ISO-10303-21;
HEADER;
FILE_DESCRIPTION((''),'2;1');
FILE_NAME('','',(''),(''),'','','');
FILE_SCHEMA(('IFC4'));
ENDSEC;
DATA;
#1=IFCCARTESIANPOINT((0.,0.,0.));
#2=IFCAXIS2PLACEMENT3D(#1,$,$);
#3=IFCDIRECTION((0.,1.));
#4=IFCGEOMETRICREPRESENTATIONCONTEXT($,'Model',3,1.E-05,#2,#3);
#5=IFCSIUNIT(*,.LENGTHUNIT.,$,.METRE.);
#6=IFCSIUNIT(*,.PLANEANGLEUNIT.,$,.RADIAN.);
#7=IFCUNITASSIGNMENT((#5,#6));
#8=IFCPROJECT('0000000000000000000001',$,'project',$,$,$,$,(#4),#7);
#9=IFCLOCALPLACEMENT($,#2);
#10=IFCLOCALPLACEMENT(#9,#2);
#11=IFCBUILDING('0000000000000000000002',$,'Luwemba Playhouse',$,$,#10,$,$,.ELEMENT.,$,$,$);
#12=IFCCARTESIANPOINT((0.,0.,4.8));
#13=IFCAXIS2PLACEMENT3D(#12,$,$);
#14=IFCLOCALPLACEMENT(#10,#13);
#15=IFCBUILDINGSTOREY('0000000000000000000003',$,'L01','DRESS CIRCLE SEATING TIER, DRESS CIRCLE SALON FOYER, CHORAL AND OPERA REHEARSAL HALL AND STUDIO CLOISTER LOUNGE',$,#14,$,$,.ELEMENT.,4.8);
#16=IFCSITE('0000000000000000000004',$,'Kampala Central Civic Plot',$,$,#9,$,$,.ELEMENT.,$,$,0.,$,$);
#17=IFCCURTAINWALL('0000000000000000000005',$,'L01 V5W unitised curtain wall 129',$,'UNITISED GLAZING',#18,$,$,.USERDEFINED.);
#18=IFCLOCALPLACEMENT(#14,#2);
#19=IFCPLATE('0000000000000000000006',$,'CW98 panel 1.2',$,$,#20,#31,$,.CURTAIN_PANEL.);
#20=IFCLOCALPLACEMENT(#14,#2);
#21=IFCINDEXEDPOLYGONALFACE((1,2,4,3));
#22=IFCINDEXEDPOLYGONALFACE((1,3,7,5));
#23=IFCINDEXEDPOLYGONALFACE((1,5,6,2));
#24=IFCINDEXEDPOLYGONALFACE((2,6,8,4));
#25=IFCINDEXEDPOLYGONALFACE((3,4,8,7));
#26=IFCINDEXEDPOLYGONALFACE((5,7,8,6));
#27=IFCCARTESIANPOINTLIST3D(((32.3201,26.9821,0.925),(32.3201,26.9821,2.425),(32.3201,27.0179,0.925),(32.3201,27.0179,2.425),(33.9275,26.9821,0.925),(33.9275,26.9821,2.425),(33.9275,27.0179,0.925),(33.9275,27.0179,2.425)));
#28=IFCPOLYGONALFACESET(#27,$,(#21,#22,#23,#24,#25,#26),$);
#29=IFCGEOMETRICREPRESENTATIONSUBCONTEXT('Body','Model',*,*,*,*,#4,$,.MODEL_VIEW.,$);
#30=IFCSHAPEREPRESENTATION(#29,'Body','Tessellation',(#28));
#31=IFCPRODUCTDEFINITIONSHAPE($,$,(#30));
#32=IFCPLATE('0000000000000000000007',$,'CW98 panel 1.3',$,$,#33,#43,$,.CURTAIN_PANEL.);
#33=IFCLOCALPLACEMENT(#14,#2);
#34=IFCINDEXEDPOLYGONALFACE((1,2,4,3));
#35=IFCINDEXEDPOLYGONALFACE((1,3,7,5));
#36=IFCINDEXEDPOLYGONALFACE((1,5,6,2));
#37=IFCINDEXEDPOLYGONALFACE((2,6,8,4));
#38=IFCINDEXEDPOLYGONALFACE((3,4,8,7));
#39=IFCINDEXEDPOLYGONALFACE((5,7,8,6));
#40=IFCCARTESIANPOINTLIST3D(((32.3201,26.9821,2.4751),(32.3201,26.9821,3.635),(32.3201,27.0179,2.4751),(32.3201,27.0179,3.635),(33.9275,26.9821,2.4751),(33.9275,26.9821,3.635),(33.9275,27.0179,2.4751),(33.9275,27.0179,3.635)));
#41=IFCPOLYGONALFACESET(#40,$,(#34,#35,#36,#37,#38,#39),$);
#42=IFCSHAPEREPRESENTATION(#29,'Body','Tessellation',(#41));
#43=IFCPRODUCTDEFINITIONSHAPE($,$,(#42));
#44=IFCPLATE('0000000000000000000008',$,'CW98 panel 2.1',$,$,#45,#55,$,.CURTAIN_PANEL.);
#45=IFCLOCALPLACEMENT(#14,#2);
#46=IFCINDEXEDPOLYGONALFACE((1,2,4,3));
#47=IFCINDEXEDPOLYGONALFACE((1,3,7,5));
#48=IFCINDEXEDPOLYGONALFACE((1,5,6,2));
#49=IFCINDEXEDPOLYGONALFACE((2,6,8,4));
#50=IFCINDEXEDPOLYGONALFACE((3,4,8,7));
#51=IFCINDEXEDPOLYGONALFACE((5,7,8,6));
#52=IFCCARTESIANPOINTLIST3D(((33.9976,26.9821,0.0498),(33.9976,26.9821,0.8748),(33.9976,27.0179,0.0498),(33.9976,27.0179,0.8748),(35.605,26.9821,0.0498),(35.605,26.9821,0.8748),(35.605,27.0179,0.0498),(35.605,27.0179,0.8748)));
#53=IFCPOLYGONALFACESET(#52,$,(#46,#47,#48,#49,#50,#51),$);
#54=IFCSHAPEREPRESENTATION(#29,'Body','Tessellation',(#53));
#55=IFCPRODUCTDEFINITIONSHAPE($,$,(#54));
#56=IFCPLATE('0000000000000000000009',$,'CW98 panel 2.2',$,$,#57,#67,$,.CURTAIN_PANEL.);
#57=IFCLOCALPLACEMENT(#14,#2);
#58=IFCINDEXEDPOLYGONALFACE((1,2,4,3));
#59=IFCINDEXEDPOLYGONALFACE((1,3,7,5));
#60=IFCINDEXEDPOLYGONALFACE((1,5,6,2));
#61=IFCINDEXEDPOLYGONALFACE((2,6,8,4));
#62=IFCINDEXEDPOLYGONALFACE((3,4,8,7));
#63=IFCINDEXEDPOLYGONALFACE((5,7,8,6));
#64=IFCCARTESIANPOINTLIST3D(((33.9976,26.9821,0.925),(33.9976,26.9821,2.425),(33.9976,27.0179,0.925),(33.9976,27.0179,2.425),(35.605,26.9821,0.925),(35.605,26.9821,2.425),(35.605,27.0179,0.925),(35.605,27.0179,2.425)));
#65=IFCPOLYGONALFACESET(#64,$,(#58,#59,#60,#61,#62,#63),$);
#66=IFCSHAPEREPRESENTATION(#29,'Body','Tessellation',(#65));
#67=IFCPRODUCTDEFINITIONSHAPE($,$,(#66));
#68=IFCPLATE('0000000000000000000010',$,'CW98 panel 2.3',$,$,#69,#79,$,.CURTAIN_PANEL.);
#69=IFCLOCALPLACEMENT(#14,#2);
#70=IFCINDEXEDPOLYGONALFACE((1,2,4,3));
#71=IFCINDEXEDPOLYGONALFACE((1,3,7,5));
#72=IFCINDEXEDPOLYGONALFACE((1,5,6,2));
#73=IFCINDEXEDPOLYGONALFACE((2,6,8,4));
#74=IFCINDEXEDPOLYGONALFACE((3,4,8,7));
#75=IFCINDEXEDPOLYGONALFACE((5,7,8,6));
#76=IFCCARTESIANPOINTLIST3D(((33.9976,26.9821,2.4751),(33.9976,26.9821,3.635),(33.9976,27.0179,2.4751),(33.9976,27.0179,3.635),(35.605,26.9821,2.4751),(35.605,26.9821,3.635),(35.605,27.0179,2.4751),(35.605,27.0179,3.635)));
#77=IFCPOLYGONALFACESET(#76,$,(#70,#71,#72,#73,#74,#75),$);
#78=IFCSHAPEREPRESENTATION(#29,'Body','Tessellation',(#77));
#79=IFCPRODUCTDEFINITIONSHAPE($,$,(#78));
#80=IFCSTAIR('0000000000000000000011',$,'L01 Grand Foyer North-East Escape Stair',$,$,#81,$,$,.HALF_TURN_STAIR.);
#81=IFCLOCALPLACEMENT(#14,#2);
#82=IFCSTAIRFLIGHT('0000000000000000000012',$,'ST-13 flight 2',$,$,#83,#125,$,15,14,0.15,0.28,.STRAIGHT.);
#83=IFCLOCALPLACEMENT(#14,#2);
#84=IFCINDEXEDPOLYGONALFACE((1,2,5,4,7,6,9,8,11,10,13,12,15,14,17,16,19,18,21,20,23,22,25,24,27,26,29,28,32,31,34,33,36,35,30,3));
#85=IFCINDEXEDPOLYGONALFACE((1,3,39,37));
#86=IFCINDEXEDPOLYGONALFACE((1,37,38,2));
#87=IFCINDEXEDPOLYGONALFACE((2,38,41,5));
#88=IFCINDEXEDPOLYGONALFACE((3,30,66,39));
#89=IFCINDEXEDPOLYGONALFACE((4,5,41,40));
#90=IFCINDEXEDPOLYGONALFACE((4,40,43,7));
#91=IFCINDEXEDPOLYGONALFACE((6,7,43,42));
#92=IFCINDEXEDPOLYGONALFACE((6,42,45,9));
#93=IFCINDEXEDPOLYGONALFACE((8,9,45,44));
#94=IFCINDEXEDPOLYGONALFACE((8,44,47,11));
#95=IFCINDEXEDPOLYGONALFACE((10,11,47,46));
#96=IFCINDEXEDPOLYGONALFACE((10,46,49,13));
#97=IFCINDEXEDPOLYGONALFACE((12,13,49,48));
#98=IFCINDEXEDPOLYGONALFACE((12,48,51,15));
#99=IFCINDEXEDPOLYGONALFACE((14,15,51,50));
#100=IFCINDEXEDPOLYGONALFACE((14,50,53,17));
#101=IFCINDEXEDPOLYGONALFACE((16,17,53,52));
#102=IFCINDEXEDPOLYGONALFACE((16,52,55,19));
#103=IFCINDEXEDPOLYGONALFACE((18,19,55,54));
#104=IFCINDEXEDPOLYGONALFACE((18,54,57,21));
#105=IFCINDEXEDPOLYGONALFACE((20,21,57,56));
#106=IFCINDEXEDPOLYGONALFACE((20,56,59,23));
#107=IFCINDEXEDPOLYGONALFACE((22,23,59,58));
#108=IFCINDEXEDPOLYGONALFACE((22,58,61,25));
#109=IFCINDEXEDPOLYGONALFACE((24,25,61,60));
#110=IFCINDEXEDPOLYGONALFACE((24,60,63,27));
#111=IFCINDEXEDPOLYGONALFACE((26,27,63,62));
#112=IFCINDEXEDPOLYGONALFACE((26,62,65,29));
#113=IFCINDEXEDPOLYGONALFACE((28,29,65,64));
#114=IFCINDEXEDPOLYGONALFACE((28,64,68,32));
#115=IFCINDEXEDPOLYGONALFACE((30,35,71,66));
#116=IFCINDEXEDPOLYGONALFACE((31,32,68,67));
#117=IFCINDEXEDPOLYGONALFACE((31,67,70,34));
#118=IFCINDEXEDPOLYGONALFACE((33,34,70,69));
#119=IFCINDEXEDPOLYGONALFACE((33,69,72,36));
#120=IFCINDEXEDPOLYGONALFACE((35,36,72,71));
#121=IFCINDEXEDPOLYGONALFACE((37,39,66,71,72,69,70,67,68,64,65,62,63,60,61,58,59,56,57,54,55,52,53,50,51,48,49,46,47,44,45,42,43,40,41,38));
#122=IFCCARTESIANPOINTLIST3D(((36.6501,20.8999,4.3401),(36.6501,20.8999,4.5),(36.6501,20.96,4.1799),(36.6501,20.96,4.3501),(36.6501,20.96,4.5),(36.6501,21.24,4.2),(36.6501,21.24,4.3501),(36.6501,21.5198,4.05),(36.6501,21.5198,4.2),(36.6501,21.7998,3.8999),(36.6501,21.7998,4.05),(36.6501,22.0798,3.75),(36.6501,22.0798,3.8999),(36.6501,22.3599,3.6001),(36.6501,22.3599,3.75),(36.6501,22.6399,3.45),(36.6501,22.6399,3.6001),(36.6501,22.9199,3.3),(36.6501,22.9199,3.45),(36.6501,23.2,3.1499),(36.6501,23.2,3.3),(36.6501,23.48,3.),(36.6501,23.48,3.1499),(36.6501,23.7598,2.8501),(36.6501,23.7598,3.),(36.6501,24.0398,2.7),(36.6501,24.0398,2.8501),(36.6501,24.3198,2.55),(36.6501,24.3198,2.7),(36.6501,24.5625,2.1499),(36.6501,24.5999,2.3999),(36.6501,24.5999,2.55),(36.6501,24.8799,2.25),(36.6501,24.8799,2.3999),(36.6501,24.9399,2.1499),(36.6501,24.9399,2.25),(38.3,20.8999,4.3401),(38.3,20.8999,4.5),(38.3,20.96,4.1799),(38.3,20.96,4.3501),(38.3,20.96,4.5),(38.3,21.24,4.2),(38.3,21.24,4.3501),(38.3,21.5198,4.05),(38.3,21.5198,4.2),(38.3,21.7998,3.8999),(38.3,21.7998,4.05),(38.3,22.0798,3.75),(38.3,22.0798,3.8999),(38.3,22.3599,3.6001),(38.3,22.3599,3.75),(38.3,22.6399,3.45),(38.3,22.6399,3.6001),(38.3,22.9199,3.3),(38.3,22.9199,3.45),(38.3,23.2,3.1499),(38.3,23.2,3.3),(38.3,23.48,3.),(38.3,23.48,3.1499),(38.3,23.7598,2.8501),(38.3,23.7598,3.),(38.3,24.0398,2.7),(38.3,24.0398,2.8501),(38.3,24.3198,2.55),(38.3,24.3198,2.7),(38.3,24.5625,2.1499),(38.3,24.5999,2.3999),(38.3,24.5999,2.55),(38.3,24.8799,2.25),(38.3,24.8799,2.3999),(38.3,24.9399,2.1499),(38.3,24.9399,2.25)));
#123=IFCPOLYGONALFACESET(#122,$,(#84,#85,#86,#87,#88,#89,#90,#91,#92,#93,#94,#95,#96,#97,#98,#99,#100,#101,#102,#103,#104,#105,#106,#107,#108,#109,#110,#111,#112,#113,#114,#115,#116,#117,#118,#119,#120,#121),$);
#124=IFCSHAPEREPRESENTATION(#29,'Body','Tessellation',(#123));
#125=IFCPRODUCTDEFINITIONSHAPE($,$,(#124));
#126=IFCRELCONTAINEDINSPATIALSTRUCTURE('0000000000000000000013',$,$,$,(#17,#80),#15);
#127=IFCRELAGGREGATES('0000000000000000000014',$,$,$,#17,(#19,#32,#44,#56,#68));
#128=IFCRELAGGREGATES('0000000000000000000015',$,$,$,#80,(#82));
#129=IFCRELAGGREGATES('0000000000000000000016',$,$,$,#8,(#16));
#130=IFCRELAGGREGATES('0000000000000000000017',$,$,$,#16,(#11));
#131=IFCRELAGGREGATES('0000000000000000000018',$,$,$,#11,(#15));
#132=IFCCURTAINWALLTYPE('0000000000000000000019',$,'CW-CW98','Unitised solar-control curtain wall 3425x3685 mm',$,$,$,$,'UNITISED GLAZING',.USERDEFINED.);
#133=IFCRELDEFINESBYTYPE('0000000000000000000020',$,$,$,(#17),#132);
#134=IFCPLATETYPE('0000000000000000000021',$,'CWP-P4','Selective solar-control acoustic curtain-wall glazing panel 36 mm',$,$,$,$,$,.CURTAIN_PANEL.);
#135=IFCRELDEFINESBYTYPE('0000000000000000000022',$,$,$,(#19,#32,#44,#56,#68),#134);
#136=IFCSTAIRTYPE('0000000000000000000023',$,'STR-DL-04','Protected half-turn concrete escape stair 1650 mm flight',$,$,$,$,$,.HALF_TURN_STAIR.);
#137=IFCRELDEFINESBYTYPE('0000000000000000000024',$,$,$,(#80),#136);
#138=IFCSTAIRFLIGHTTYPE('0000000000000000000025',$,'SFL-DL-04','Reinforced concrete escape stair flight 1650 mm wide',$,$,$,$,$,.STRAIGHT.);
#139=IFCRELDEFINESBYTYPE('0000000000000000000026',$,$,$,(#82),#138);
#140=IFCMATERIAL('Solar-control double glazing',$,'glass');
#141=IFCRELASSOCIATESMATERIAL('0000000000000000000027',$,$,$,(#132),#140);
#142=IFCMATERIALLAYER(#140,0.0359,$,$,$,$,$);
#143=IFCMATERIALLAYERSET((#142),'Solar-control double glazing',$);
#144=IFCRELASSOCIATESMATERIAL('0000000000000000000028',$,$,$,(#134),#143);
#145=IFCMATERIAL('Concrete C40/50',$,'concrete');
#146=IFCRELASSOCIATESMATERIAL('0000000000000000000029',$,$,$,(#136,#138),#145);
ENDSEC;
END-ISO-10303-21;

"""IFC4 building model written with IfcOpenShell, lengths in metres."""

from ifc_helpers import new_model, si_unit, direction, frame, origin, origin_2d, place, context, subcontext, project, spatial, polyline, rectangle, outline, extrude, material, layer, layer_set, type_object, element, aggregate, save


model = new_model("IFC4")

# Units and contexts
model_context = context("Model", 3, precision=1e-05, world=origin(), true_north=direction((0.0, 1.0)))
body_context = subcontext(model_context, "Body", "Model", "MODEL_VIEW")
ifc_project = project(units=[si_unit("LENGTHUNIT", "METRE"), si_unit("PLANEANGLEUNIT", "RADIAN")], contexts=[model_context])

# Site, building, storey
site_placement = place(None, origin())
site = spatial("IfcSite", under=ifc_project, at=site_placement, Name="Kampala Central Civic Plot", CompositionType="ELEMENT", RefElevation=0.0)
building_placement = place(site_placement, origin())
building = spatial("IfcBuilding", under=site, at=building_placement, Name="Luwemba Playhouse", CompositionType="ELEMENT")
storey_placement = place(building_placement, frame((0.0, 0.0, 4.8)))
storey = spatial("IfcBuildingStorey", under=building, at=storey_placement, Name="L01", Description="DRESS CIRCLE SEATING TIER, DRESS CIRCLE SALON FOYER, CHORAL AND OPERA REHEARSAL HALL AND STUDIO CLOISTER LOUNGE", CompositionType="ELEMENT", Elevation=4.8)

# Shared definitions
ifc_material_1 = material(Name="Concrete C40/50", Category="concrete")

# Curtain wall
ifc_material_2 = material(Name="Solar-control double glazing", Category="glass")
curtain_wall_type_1 = type_object("IfcCurtainWallType", Name="CW-CW98", Description="Unitised solar-control curtain wall 3425x3685 mm", ElementType="UNITISED GLAZING", PredefinedType="USERDEFINED", material=ifc_material_2)
curtain_wall_1_placement = place(storey_placement, origin())
curtain_wall_1 = element("IfcCurtainWall", 1, at=curtain_wall_1_placement, inside=storey, type_object=curtain_wall_type_1, Name="L01 V5W unitised curtain wall 129", ObjectType="UNITISED GLAZING", PredefinedType="USERDEFINED")

# Plates
ifc_layer_1 = layer(ifc_material_2, 0.0359)
ifc_layer_set_1 = layer_set([ifc_layer_1], Name="Solar-control double glazing")
plate_type_1 = type_object("IfcPlateType", Name="CWP-P4", Description="Selective solar-control acoustic curtain-wall glazing panel 36 mm", PredefinedType="CURTAIN_PANEL", material=ifc_layer_set_1)
plate_1_placement = place(storey_placement, frame((33.1238, 27.0, 0.925), z_axis=(0.0, 0.0, 1.0), x_axis=(1.0, 0.0, 0.0)))
plate_1 = element("IfcPlate", 2, at=plate_1_placement, type_object=plate_type_1, Name="CW98 panel 1.2", PredefinedType="CURTAIN_PANEL", context=body_context, shape_type="SweptSolid", body=[
    extrude(rectangle(XDim=1.6074, YDim=0.0359, at=origin_2d()), origin(), (0.0, 0.0, 1.0), 1.5),
])
plate_2_placement = place(storey_placement, frame((33.1238, 27.0, 2.4751), z_axis=(0.0, 0.0, 1.0), x_axis=(1.0, 0.0, 0.0)))
plate_2 = element("IfcPlate", 3, at=plate_2_placement, type_object=plate_type_1, Name="CW98 panel 1.3", PredefinedType="CURTAIN_PANEL", context=body_context, shape_type="SweptSolid", body=[
    extrude(rectangle(XDim=1.6074, YDim=0.0359, at=origin_2d()), origin(), (0.0, 0.0, 1.0), 1.1599),
])
plate_3_placement = place(storey_placement, frame((34.8013, 27.0, 0.0498), z_axis=(0.0, 0.0, 1.0), x_axis=(1.0, 0.0, 0.0)))
plate_3 = element("IfcPlate", 4, at=plate_3_placement, type_object=plate_type_1, Name="CW98 panel 2.1", PredefinedType="CURTAIN_PANEL", context=body_context, shape_type="SweptSolid", body=[
    extrude(rectangle(XDim=1.6074, YDim=0.0359, at=origin_2d()), origin(), (0.0, 0.0, 1.0), 0.825),
])
plate_4_placement = place(storey_placement, frame((34.8013, 27.0, 0.925), z_axis=(0.0, 0.0, 1.0), x_axis=(1.0, 0.0, 0.0)))
plate_4 = element("IfcPlate", 5, at=plate_4_placement, type_object=plate_type_1, Name="CW98 panel 2.2", PredefinedType="CURTAIN_PANEL", context=body_context, shape_type="SweptSolid", body=[
    extrude(rectangle(XDim=1.6074, YDim=0.0359, at=origin_2d()), origin(), (0.0, 0.0, 1.0), 1.5),
])
plate_5_placement = place(storey_placement, frame((34.8013, 27.0, 2.4751), z_axis=(0.0, 0.0, 1.0), x_axis=(1.0, 0.0, 0.0)))
plate_5 = element("IfcPlate", 6, at=plate_5_placement, type_object=plate_type_1, Name="CW98 panel 2.3", PredefinedType="CURTAIN_PANEL", context=body_context, shape_type="SweptSolid", body=[
    extrude(rectangle(XDim=1.6074, YDim=0.0359, at=origin_2d()), origin(), (0.0, 0.0, 1.0), 1.1599),
])
aggregate(curtain_wall_1, [plate_1, plate_2, plate_3, plate_4, plate_5])

# Stair, stair flight
stair_type = type_object("IfcStairType", Name="STR-DL-04", Description="Protected half-turn concrete escape stair 1650 mm flight", PredefinedType="HALF_TURN_STAIR", material=ifc_material_1)
stair_placement = place(storey_placement, origin())
stair = element("IfcStair", 7, at=stair_placement, inside=storey, type_object=stair_type, Name="L01 Grand Foyer North-East Escape Stair", PredefinedType="HALF_TURN_STAIR")
stair_flight_type = type_object("IfcStairFlightType", Name="SFL-DL-04", Description="Reinforced concrete escape stair flight 1650 mm wide", PredefinedType="STRAIGHT", material=ifc_material_1)
stair_flight_placement = place(storey_placement, frame((37.4751, 24.8799, 2.25), z_axis=(0.0, 0.0, 1.0), x_axis=(0.0, -1.0, 0.0)))
stair_flight = element("IfcStairFlight", 8, at=stair_flight_placement, type_object=stair_flight_type, Name="ST-13 flight 2", NumberOfRisers=15, NumberOfTreads=14, PredefinedType="STRAIGHT", RiserHeight=0.15, TreadLength=0.28, context=body_context, shape_type="SweptSolid", body=[
    extrude(outline(polyline([(-0.0601, -0.1001), (-0.0601, 0.0), (0.0, 0.0), (0.0, 0.1499), (0.28, 0.1499), (0.28, 0.3), (0.5601, 0.3), (0.5601, 0.45), (0.8401, 0.45), (0.8401, 0.6001), (1.1201, 0.6001), (1.1201, 0.75), (1.3999, 0.75), (1.3999, 0.8999), (1.6799, 0.8999), (1.6799, 1.05), (1.96, 1.05), (1.96, 1.2), (2.24, 1.2), (2.24, 1.3501), (2.52, 1.3501), (2.52, 1.5), (2.8, 1.5), (2.8, 1.6499), (3.0801, 1.6499), (3.0801, 1.8), (3.3601, 1.8), (3.3601, 1.95), (3.6399, 1.95), (3.6399, 2.1001), (3.9199, 2.1001), (3.9199, 2.25), (3.98, 2.25), (3.98, 2.0901), (3.9199, 1.9299), (0.3174, -0.1001), (-0.0601, -0.1001)])), frame((0.0, 0.825, 0.0), z_axis=(0.0, -1.0, 0.0), x_axis=(1.0, 0.0, 0.0)), (0.0, 0.0, 1.0), 1.6499),
])
aggregate(stair, [stair_flight])

save(model, "model.ifc")
